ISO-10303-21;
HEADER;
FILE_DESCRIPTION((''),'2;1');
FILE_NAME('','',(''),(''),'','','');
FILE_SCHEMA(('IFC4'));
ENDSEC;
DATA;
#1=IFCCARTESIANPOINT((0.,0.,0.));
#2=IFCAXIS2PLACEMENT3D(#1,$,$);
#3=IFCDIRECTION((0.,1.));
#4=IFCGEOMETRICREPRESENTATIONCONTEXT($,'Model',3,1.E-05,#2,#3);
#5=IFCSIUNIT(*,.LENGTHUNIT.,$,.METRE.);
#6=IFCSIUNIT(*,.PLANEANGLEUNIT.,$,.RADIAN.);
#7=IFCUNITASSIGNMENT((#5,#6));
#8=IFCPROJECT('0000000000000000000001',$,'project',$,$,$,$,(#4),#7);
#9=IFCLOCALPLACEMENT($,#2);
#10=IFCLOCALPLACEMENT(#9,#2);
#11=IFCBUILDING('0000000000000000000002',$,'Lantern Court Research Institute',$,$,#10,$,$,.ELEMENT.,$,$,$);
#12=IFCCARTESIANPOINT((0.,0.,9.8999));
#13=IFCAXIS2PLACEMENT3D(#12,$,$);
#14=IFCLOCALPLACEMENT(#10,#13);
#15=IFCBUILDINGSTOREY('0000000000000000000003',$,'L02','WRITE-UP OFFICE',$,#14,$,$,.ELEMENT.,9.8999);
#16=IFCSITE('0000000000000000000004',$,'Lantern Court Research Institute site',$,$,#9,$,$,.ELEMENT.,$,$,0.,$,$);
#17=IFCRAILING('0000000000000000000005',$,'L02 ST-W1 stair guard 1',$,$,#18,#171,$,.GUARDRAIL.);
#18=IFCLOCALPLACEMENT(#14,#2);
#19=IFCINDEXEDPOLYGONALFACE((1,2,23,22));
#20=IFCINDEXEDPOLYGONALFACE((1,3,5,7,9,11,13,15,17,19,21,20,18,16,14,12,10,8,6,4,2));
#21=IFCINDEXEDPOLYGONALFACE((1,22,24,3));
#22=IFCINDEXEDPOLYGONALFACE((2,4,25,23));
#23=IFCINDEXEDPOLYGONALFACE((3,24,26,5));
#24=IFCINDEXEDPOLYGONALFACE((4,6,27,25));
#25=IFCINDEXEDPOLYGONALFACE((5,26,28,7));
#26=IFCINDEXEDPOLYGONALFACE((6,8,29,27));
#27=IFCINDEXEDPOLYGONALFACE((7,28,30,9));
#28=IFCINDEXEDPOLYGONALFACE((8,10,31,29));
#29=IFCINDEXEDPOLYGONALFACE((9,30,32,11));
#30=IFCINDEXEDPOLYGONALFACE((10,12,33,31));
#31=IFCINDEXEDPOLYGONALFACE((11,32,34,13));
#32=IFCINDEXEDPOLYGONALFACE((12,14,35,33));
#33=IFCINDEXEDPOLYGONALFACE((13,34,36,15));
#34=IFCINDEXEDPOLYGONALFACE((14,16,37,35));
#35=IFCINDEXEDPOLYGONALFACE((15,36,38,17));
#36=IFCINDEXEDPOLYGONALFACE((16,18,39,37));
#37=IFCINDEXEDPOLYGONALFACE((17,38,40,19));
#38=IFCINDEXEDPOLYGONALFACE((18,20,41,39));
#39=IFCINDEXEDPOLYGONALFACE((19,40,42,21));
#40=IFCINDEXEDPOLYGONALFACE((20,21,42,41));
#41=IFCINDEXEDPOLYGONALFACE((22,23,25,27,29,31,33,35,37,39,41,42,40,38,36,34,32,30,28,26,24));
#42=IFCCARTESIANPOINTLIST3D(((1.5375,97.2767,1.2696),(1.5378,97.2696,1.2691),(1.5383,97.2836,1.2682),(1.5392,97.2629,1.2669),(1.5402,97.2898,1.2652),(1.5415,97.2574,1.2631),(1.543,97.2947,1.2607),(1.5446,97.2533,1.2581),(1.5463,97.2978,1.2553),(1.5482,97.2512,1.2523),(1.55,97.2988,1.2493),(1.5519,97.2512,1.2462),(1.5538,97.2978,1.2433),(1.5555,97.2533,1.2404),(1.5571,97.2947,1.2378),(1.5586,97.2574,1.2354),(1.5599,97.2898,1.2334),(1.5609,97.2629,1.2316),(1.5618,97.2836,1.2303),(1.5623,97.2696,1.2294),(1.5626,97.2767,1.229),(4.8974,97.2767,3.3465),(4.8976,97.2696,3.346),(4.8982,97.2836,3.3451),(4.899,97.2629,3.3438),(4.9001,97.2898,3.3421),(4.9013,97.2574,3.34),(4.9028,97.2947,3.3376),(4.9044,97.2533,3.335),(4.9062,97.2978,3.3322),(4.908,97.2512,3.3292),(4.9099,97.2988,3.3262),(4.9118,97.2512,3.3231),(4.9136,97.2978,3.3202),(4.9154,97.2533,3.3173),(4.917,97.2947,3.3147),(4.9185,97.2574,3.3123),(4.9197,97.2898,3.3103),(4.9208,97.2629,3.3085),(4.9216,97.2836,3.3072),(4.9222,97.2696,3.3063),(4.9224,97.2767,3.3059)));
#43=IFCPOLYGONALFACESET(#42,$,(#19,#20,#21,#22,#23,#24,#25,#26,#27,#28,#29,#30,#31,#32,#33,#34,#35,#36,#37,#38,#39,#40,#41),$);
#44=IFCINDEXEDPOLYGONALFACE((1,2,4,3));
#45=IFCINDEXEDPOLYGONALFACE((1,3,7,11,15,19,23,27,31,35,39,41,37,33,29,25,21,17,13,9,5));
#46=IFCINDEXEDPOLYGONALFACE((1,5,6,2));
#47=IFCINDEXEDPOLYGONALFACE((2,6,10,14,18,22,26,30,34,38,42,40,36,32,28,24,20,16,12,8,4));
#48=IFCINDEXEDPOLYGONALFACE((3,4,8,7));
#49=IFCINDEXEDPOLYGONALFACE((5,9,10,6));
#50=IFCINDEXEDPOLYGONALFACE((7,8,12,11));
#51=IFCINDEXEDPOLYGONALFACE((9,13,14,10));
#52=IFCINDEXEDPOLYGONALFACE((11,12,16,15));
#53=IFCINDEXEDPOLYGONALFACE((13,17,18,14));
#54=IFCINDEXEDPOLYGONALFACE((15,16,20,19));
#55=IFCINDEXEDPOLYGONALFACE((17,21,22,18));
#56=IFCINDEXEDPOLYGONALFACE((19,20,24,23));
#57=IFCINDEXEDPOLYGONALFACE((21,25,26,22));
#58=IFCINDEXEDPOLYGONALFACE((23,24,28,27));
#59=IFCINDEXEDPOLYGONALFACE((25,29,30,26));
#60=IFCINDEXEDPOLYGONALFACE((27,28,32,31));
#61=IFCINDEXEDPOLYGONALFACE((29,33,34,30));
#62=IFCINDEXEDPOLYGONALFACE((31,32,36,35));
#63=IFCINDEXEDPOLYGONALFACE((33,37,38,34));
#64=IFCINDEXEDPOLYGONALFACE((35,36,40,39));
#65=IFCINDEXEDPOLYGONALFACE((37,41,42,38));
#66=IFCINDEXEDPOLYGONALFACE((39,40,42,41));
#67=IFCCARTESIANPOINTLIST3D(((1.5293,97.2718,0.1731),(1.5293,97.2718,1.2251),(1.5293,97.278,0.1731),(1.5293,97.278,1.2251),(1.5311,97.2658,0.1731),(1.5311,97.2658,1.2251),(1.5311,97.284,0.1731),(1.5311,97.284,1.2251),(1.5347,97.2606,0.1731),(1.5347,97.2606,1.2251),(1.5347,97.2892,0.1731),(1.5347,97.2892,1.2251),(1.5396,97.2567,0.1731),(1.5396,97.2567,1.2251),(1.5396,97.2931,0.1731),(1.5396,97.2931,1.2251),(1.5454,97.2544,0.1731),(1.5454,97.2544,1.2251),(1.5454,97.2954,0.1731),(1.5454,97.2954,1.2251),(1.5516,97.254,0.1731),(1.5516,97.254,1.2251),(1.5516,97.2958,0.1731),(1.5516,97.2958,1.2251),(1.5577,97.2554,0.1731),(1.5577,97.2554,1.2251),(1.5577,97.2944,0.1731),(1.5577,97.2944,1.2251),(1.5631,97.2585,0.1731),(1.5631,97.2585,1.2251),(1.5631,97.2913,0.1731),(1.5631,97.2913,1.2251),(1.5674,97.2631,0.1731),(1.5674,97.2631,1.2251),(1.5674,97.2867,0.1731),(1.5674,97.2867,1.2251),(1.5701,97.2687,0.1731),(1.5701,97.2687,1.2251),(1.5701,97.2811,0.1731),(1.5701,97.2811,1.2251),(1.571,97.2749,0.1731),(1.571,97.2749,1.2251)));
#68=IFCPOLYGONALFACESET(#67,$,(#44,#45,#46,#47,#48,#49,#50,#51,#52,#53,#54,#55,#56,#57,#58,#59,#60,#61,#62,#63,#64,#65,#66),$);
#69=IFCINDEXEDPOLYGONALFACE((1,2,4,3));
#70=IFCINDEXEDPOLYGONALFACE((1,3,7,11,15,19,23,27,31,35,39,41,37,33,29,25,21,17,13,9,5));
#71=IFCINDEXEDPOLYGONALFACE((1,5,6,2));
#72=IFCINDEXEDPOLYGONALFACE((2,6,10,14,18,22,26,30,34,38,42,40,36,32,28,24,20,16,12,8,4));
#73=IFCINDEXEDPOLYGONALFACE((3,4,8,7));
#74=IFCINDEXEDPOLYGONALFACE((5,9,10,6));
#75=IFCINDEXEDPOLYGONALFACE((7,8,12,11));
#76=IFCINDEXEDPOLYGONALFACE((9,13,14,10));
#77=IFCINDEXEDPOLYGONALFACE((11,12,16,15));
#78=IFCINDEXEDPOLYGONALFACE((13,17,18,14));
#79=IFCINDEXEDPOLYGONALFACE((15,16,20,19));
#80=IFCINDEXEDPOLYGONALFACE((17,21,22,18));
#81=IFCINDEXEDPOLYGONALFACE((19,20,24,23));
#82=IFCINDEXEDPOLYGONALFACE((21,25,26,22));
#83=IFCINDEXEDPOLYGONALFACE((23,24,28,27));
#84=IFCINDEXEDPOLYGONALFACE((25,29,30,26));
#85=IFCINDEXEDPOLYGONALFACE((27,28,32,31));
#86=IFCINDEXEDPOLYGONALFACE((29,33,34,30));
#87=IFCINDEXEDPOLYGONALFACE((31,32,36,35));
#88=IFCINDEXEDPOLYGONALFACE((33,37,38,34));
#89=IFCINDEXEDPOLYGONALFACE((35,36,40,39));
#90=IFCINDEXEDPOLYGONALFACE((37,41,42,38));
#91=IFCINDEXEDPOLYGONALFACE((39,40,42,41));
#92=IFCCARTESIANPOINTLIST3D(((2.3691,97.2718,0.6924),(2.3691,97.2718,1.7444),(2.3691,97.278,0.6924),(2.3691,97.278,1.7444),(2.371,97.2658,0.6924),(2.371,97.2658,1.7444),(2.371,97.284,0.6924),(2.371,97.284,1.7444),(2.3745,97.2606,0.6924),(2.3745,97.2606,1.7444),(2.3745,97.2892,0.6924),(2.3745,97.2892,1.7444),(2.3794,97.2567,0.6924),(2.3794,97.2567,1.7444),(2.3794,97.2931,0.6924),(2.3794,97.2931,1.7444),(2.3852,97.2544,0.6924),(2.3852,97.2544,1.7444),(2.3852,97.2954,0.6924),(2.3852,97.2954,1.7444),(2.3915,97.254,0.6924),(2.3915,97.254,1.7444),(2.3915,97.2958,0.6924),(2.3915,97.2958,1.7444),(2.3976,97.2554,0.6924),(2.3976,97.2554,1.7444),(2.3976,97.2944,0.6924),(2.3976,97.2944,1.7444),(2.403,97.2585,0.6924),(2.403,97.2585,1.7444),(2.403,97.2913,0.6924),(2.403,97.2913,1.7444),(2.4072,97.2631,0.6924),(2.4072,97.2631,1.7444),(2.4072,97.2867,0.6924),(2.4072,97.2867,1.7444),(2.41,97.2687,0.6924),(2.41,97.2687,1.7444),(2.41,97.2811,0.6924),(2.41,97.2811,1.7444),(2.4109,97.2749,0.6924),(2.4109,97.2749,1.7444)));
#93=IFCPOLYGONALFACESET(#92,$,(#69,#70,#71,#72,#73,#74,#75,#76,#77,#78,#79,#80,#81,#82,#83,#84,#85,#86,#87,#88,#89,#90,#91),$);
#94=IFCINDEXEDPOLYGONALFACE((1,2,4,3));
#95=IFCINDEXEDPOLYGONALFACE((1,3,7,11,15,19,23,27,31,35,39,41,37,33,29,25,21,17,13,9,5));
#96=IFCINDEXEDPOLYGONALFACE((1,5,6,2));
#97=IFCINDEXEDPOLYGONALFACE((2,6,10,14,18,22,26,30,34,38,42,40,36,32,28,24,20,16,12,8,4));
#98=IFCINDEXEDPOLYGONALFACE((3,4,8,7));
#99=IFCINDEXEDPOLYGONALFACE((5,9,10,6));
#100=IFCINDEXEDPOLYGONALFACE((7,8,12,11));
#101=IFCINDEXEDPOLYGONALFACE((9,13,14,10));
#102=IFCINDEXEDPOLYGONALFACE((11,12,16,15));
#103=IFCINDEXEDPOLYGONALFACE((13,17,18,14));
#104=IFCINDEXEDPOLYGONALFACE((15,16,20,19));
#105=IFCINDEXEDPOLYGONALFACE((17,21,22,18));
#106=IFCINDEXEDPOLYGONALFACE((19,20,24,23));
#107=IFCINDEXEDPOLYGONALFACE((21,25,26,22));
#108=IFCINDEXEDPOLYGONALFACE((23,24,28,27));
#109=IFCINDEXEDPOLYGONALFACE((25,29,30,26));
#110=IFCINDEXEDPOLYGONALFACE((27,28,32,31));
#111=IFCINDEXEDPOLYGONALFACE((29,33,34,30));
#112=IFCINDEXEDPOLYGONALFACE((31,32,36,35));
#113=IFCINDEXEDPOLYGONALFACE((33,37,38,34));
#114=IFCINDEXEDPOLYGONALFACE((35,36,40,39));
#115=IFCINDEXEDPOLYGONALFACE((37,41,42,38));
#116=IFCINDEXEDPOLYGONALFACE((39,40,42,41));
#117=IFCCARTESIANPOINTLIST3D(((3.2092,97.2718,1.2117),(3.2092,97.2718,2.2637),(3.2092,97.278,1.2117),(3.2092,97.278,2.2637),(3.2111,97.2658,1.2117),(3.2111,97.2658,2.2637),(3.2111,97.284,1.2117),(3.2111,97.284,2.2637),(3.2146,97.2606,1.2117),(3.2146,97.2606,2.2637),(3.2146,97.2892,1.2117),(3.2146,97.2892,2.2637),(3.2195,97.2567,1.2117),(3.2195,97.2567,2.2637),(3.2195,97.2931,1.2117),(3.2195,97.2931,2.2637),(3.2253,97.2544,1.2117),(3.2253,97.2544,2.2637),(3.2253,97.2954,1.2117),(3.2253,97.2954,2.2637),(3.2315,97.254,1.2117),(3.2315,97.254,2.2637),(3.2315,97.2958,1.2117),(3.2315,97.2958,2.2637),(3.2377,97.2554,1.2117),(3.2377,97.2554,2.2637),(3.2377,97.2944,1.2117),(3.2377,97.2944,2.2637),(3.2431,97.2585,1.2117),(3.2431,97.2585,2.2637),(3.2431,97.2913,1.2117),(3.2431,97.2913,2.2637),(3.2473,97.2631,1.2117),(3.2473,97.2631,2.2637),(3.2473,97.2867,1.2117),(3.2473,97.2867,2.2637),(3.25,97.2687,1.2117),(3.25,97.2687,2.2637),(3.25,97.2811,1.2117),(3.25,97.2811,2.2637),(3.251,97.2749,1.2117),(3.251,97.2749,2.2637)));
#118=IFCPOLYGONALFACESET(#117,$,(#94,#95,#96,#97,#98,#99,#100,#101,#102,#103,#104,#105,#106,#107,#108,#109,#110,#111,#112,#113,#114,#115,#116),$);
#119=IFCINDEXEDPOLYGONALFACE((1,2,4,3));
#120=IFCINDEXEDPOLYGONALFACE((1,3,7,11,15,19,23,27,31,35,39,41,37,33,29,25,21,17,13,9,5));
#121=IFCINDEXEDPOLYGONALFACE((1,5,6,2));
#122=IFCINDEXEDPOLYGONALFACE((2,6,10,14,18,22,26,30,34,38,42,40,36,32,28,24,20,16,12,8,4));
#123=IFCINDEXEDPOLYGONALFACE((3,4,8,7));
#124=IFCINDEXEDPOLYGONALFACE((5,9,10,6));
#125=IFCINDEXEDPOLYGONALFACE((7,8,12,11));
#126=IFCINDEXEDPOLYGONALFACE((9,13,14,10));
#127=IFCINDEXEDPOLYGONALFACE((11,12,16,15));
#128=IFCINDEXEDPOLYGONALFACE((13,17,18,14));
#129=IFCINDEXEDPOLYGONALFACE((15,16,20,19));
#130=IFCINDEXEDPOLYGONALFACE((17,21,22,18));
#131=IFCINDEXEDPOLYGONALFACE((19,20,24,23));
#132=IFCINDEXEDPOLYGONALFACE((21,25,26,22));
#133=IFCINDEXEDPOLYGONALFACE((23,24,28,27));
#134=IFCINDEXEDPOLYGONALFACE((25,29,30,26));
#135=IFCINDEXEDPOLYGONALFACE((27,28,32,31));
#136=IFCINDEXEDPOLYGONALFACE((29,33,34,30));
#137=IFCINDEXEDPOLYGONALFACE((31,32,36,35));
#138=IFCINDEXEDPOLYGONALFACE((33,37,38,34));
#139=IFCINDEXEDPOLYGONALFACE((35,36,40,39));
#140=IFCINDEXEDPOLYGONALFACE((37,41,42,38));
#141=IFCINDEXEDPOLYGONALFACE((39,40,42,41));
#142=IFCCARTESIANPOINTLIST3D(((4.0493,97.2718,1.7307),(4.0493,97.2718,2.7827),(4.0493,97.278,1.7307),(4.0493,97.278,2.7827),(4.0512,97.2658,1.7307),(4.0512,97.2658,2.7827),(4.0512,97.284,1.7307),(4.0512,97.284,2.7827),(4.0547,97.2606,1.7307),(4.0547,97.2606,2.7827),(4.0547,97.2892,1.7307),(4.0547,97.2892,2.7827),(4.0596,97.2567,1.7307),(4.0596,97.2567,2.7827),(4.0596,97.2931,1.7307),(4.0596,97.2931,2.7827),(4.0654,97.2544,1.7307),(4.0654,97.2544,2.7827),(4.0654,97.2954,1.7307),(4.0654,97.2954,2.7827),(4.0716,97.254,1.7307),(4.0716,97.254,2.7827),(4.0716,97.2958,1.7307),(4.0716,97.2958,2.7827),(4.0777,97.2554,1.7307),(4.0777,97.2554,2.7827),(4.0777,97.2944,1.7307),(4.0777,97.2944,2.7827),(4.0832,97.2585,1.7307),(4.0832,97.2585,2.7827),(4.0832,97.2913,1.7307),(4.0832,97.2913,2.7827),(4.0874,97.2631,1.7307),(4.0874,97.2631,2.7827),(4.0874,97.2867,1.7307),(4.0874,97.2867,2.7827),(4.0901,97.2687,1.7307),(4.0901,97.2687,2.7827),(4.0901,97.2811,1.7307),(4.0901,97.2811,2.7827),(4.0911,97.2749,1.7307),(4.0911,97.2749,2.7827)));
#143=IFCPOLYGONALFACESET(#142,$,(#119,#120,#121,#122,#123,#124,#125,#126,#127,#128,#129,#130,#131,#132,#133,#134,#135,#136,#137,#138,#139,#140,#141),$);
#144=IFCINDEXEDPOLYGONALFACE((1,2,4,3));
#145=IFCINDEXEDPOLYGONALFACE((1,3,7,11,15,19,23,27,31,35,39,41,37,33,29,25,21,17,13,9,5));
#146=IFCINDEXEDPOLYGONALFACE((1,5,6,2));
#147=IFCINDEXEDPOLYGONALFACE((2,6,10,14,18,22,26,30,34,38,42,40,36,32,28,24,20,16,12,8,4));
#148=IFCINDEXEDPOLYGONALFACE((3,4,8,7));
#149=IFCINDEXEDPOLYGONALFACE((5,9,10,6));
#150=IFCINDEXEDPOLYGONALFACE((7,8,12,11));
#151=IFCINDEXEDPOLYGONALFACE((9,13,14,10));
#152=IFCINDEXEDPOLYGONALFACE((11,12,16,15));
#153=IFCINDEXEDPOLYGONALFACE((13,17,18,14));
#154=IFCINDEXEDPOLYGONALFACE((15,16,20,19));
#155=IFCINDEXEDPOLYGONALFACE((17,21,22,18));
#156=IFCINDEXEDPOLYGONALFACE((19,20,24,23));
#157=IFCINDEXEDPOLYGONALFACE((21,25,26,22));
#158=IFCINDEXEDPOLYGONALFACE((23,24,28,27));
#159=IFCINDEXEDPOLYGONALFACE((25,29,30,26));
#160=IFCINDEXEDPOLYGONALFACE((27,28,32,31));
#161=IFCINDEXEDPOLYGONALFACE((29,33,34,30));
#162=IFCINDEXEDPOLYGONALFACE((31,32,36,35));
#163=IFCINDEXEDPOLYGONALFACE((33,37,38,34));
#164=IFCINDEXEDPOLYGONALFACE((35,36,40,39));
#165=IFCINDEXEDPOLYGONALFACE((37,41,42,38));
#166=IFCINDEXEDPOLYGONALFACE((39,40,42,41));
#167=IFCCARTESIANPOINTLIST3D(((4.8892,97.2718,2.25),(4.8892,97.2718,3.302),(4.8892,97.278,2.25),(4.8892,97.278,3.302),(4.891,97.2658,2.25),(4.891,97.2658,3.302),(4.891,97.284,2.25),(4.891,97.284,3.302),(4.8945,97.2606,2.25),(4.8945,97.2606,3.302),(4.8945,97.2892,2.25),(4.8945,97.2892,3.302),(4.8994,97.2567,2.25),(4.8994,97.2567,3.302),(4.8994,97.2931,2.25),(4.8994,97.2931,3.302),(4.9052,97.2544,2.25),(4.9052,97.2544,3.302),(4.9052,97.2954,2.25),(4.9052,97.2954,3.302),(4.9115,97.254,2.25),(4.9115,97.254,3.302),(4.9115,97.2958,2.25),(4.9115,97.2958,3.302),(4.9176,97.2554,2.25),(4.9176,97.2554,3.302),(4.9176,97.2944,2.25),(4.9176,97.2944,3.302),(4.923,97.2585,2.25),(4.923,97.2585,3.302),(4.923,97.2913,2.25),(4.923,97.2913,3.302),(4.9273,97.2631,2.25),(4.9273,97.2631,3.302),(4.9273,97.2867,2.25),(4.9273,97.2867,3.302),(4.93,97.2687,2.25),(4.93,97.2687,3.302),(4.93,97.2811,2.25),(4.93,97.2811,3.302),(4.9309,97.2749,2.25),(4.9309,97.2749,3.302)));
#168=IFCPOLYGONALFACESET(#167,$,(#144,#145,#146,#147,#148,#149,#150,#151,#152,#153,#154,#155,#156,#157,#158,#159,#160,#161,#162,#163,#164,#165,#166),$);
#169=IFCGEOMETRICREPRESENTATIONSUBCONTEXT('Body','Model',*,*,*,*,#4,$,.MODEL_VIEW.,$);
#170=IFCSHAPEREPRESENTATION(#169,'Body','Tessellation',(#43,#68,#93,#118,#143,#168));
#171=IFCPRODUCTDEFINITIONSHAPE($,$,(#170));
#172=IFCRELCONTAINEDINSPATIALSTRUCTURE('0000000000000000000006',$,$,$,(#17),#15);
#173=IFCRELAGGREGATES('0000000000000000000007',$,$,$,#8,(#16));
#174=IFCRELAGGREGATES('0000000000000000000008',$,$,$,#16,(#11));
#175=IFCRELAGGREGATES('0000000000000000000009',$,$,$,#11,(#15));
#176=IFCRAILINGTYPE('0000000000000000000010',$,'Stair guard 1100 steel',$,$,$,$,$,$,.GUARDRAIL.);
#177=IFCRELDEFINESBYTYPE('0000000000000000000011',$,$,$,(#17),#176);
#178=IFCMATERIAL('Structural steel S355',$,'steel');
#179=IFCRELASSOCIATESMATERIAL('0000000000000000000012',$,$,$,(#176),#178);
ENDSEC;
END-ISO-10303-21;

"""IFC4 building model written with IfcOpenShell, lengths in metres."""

from ifc_helpers import new_model, si_unit, direction, frame, origin, origin_2d, place, context, subcontext, project, spatial, circle, extrude, material, type_object, element, save


model = new_model("IFC4")

# Units and contexts
model_context = context("Model", 3, precision=1e-05, world=origin(), true_north=direction((0.0, 1.0)))
body_context = subcontext(model_context, "Body", "Model", "MODEL_VIEW")
ifc_project = project(units=[si_unit("LENGTHUNIT", "METRE"), si_unit("PLANEANGLEUNIT", "RADIAN")], contexts=[model_context])

# Site, building, storey
site_placement = place(None, origin())
site = spatial("IfcSite", under=ifc_project, at=site_placement, Name="Lantern Court Research Institute site", CompositionType="ELEMENT", RefElevation=0.0)
building_placement = place(site_placement, origin())
building = spatial("IfcBuilding", under=site, at=building_placement, Name="Lantern Court Research Institute", CompositionType="ELEMENT")
storey_placement = place(building_placement, frame((0.0, 0.0, 9.8999)))
storey = spatial("IfcBuildingStorey", under=building, at=storey_placement, Name="L02", Description="WRITE-UP OFFICE", CompositionType="ELEMENT", Elevation=9.8999)

# Railing
ifc_material_1 = material(Name="Structural steel S355", Category="steel")
railing_type_1 = type_object("IfcRailingType", Name="Stair guard 1100 steel", PredefinedType="GUARDRAIL", material=ifc_material_1)
railing_1_placement = place(storey_placement, frame((1.55, 97.2749, 0.1731)))
element("IfcRailing", 1, at=railing_1_placement, inside=storey, type_object=railing_type_1, Name="L02 ST-W1 stair guard 1", PredefinedType="GUARDRAIL", context=body_context, shape_type="SweptSolid", body=[
    extrude(circle(Radius=0.0239, at=origin_2d()), frame((0.0, 0.0, 1.0762), z_axis=(0.850606, 0.0, 0.525803), x_axis=(0.0, 1.0, 0.0)), (0.0, 0.0, 1.0), 3.95),
    extrude(circle(Radius=0.021, at=origin_2d()), origin(), (0.0, 0.0, 1.0), 1.052),
    extrude(circle(Radius=0.021, at=origin_2d()), frame((0.8398, 0.0, 0.5193)), (0.0, 0.0, 1.0), 1.052),
    extrude(circle(Radius=0.021, at=origin_2d()), frame((1.6799, 0.0, 1.0386)), (0.0, 0.0, 1.0), 1.052),
    extrude(circle(Radius=0.021, at=origin_2d()), frame((2.52, 0.0, 1.5576)), (0.0, 0.0, 1.0), 1.052),
    extrude(circle(Radius=0.021, at=origin_2d()), frame((3.3599, 0.0, 2.0769)), (0.0, 0.0, 1.0), 1.052),
])

save(model, "model.ifc")
